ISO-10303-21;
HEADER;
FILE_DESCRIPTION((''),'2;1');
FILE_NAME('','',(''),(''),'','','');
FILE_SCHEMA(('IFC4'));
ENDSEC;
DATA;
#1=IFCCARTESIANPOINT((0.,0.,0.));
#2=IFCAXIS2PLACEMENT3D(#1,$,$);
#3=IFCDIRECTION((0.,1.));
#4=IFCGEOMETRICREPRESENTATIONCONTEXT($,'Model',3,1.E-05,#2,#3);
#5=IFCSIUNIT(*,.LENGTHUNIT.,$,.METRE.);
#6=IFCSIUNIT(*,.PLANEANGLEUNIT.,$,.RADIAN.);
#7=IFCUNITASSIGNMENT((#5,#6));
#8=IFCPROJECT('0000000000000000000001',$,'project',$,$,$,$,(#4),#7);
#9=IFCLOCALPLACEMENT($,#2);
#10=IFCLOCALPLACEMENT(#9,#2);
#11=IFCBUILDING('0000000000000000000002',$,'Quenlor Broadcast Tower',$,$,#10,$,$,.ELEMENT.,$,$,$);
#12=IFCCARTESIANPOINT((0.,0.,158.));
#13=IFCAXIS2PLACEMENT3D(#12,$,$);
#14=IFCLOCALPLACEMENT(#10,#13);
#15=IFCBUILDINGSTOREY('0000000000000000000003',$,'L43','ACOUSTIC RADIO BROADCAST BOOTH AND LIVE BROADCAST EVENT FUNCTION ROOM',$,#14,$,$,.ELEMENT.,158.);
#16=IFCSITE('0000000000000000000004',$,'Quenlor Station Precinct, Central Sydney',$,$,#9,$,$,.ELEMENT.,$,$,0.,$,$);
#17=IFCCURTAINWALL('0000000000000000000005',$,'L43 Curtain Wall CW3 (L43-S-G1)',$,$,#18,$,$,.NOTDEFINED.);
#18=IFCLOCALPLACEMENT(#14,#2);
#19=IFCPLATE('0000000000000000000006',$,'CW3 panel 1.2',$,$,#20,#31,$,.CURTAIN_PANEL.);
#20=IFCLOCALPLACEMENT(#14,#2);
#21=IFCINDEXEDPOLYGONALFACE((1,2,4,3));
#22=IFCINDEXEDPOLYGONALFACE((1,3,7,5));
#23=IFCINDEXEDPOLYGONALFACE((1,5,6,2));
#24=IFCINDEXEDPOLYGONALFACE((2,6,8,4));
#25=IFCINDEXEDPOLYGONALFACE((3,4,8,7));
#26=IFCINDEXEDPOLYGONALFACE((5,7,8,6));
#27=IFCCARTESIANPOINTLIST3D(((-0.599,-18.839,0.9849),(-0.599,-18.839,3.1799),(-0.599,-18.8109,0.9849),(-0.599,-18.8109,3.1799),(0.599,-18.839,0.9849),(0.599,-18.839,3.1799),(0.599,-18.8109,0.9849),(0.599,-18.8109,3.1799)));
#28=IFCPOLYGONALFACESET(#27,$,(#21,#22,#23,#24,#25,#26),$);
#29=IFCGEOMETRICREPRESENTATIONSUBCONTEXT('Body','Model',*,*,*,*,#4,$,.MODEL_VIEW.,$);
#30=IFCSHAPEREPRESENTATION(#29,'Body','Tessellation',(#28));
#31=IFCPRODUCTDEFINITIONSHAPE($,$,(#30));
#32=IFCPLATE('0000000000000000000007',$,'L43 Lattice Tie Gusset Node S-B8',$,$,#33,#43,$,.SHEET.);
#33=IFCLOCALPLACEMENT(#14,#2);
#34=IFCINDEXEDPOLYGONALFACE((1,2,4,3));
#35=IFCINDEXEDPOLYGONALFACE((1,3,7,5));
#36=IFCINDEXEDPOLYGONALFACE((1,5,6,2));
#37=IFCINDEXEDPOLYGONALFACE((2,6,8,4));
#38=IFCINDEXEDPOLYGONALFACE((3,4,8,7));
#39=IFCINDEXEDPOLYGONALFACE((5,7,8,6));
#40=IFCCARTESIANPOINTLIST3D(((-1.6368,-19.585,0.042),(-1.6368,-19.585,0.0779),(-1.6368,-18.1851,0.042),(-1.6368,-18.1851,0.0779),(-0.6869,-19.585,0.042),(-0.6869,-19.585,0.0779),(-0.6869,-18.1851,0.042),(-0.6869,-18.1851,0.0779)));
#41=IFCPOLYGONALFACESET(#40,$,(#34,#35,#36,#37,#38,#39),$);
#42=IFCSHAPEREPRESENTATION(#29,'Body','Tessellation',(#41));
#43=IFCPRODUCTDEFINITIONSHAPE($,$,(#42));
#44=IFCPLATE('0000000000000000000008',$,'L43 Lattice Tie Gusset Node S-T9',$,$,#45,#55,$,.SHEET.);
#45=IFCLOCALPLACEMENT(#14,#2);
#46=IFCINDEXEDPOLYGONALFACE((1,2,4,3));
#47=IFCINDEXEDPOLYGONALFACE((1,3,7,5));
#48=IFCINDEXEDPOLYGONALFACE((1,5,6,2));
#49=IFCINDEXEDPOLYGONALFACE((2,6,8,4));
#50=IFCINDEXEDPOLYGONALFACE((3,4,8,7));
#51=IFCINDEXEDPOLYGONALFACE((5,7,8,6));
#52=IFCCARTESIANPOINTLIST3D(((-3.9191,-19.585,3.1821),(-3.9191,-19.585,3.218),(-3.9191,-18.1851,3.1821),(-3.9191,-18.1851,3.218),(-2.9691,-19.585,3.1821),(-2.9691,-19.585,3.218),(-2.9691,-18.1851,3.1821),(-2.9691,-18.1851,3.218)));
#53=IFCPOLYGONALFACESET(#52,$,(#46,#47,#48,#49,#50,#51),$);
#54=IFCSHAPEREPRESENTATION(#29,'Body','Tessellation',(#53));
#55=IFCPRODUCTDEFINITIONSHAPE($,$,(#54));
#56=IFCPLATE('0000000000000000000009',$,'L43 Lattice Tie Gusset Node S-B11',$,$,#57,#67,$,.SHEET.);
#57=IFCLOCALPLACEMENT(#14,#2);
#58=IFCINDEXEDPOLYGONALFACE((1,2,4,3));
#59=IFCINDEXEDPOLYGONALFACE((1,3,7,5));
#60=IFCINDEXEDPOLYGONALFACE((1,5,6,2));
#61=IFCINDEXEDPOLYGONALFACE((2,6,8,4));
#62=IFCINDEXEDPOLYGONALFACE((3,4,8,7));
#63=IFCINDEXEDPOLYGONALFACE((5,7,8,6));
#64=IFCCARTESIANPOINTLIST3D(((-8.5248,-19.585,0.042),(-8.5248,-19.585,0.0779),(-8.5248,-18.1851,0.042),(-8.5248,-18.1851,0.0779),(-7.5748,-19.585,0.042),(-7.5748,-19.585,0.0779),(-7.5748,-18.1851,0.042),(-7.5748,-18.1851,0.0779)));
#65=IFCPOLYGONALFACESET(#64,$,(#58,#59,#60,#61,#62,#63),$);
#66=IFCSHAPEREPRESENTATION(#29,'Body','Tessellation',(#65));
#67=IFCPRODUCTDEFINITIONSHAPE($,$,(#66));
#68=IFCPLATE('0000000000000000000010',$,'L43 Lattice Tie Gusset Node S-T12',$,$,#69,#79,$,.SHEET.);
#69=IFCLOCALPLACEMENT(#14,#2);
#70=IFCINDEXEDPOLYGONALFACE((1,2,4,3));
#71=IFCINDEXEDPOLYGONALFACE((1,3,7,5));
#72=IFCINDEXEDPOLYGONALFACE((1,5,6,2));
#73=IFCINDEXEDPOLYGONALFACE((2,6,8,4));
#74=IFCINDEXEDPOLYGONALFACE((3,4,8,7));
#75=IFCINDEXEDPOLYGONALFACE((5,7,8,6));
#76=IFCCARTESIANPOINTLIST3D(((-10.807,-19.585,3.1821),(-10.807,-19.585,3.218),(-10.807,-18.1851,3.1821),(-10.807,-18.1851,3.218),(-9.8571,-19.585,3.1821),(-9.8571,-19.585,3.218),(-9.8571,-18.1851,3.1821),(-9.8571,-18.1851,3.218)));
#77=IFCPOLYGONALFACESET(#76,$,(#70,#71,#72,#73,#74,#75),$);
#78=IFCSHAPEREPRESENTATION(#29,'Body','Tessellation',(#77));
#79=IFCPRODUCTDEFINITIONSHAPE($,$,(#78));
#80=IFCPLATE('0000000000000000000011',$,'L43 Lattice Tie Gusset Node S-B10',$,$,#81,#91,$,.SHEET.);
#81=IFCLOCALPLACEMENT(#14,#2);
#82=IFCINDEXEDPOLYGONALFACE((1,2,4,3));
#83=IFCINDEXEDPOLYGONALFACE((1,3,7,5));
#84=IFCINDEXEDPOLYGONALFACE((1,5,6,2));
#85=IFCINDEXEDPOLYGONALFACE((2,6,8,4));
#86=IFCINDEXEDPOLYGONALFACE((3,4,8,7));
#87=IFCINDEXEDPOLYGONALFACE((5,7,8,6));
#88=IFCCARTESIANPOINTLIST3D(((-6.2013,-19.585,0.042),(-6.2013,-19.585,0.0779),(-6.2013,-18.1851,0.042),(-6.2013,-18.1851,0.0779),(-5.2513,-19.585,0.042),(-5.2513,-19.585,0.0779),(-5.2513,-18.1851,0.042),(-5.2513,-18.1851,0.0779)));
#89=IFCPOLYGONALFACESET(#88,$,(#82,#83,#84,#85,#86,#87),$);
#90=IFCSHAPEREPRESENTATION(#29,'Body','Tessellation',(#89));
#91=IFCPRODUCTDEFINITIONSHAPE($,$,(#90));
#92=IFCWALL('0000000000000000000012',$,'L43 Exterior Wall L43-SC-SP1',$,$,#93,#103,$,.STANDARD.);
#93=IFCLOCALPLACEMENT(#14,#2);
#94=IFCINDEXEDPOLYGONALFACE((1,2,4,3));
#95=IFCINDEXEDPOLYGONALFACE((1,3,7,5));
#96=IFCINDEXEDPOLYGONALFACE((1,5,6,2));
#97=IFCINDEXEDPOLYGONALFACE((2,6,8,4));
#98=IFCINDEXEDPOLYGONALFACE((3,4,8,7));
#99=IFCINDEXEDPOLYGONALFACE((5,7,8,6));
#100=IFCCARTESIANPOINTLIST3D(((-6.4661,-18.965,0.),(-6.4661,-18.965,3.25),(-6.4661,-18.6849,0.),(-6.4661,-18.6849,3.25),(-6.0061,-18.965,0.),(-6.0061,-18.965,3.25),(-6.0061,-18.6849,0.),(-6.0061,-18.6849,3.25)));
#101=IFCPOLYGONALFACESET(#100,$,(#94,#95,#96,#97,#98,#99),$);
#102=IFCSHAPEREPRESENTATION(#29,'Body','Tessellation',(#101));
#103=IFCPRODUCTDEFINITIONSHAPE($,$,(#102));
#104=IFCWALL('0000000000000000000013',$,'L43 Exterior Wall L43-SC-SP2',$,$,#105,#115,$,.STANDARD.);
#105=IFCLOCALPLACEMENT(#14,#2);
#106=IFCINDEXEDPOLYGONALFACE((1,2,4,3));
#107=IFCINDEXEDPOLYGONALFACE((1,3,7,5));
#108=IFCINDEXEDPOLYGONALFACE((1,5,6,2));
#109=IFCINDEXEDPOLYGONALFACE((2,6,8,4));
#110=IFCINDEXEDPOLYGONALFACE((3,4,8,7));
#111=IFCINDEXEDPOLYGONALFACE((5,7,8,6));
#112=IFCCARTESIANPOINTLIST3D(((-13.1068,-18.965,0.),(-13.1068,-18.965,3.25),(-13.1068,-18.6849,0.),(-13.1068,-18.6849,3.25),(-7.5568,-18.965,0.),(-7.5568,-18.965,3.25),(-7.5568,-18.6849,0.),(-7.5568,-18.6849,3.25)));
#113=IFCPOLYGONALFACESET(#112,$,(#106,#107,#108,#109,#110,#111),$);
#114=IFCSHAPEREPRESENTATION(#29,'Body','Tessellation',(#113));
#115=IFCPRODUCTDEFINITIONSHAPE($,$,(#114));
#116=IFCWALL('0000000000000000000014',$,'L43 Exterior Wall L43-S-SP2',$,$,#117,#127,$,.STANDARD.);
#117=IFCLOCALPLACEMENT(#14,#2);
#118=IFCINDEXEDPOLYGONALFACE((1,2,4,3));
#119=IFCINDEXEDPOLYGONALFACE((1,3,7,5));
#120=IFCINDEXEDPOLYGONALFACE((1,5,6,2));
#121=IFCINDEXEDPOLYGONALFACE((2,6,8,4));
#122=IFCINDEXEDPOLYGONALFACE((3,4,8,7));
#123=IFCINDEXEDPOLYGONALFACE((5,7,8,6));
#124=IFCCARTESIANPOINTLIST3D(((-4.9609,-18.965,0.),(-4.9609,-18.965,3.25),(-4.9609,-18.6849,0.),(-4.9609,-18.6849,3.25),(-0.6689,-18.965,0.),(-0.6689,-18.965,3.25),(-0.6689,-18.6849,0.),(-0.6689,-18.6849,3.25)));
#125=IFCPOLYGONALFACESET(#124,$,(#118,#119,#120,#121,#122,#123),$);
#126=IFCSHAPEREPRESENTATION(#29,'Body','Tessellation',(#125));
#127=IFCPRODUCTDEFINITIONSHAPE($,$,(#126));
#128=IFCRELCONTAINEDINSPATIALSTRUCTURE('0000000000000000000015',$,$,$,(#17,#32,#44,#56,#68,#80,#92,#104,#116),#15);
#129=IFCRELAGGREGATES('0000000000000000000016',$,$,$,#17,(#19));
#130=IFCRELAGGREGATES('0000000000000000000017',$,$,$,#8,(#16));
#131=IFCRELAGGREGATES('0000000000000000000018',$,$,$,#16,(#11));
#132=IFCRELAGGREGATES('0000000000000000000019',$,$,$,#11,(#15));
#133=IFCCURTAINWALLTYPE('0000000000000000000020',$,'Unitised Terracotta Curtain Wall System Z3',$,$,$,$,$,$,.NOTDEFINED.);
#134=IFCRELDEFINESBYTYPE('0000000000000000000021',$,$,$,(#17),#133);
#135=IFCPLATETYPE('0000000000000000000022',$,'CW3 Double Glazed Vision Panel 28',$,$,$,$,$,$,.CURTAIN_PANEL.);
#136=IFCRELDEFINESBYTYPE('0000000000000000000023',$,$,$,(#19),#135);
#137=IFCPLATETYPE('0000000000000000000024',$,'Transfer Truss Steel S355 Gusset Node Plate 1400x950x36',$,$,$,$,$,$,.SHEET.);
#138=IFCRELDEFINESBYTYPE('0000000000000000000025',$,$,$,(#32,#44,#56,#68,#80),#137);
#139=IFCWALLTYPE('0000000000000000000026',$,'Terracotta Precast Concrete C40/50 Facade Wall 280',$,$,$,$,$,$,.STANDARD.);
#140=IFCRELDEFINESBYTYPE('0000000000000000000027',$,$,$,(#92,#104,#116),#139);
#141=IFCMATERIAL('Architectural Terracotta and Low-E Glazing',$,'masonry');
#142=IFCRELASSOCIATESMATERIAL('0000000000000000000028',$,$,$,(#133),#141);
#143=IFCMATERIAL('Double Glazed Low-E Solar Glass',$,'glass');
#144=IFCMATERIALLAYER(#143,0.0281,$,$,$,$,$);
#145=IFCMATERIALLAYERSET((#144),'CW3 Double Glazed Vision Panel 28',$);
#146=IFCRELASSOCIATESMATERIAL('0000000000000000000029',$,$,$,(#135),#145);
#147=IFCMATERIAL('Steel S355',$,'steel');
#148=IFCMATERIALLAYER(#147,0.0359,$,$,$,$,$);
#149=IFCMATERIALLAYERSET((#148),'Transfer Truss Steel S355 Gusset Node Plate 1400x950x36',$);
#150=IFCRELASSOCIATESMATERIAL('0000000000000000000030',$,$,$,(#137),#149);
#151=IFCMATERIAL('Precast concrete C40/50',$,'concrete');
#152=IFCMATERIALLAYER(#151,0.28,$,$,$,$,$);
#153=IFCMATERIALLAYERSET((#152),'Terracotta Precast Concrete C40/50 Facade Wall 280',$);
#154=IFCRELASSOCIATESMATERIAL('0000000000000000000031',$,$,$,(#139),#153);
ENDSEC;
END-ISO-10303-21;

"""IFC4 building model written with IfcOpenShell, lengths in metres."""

from ifc_helpers import new_model, si_unit, direction, frame, frame_2d, origin, origin_2d, place, context, subcontext, project, spatial, rectangle, extrude, material, layer, layer_set, type_object, element, aggregate, save


model = new_model("IFC4")

# Units and contexts
model_context = context("Model", 3, precision=1e-05, world=origin(), true_north=direction((0.0, 1.0)))
body_context = subcontext(model_context, "Body", "Model", "MODEL_VIEW")
ifc_project = project(units=[si_unit("LENGTHUNIT", "METRE"), si_unit("PLANEANGLEUNIT", "RADIAN")], contexts=[model_context])

# Site, building, storey
site_placement = place(None, origin())
site = spatial("IfcSite", under=ifc_project, at=site_placement, Name="Quenlor Station Precinct, Central Sydney", CompositionType="ELEMENT", RefElevation=0.0)
building_placement = place(site_placement, origin())
building = spatial("IfcBuilding", under=site, at=building_placement, Name="Quenlor Broadcast Tower", CompositionType="ELEMENT")
storey_placement = place(building_placement, frame((0.0, 0.0, 158.0)))
storey = spatial("IfcBuildingStorey", under=building, at=storey_placement, Name="L43", Description="ACOUSTIC RADIO BROADCAST BOOTH AND LIVE BROADCAST EVENT FUNCTION ROOM", CompositionType="ELEMENT", Elevation=158.0)

# Shared definitions
ifc_material_1 = material(Name="Architectural Terracotta and Low-E Glazing", Category="masonry")
curtain_wall_type = type_object("IfcCurtainWallType", Name="Unitised Terracotta Curtain Wall System Z3", PredefinedType="NOTDEFINED", material=ifc_material_1)

# Curtain wall
curtain_wall_1_placement = place(storey_placement, origin())
curtain_wall_1 = element("IfcCurtainWall", 1, at=curtain_wall_1_placement, inside=storey, type_object=curtain_wall_type, Name="L43 Curtain Wall CW3 (L43-S-G1)", PredefinedType="NOTDEFINED")

# Plate
ifc_material_2 = material(Name="Double Glazed Low-E Solar Glass", Category="glass")
ifc_layer_1 = layer(ifc_material_2, 0.0281)
ifc_layer_set_1 = layer_set([ifc_layer_1], Name="CW3 Double Glazed Vision Panel 28")
plate_type_1 = type_object("IfcPlateType", Name="CW3 Double Glazed Vision Panel 28", PredefinedType="CURTAIN_PANEL", material=ifc_layer_set_1)
plate_1_placement = place(storey_placement, frame((0.0, -18.825, 0.9849), z_axis=(0.0, 0.0, 1.0), x_axis=(-1.0, 0.0, 0.0)))
plate_1 = element("IfcPlate", 2, at=plate_1_placement, type_object=plate_type_1, Name="CW3 panel 1.2", PredefinedType="CURTAIN_PANEL", context=body_context, shape_type="SweptSolid", body=[
    extrude(rectangle(XDim=1.198, YDim=0.0281, at=origin_2d()), origin(), (0.0, 0.0, 1.0), 2.1951),
])
aggregate(curtain_wall_1, [plate_1])

# Plates
ifc_material_3 = material(Name="Steel S355", Category="steel")
ifc_layer_2 = layer(ifc_material_3, 0.0359)
ifc_layer_set_2 = layer_set([ifc_layer_2], Name="Transfer Truss Steel S355 Gusset Node Plate 1400x950x36")
plate_type_2 = type_object("IfcPlateType", Name="Transfer Truss Steel S355 Gusset Node Plate 1400x950x36", PredefinedType="SHEET", material=ifc_layer_set_2)
for number, where, z_axis, x_axis, name in (
    (3, (-1.1619, -18.885, 0.042), (0.0, 0.0, 1.0), (0.0, -1.0, 0.0), "L43 Lattice Tie Gusset Node S-B8"),
    (4, (-3.4441, -18.885, 3.1821), (0.0, 0.0, 1.0), (0.0, -1.0, 0.0), "L43 Lattice Tie Gusset Node S-T9"),
    (5, (-8.0498, -18.885, 0.042), (0.0, 0.0, 1.0), (0.0, -1.0, 0.0), "L43 Lattice Tie Gusset Node S-B11"),
    (6, (-10.332, -18.885, 3.1821), (0.0, 0.0, 1.0), (0.0, -1.0, 0.0), "L43 Lattice Tie Gusset Node S-T12"),
    (7, (-5.7263, -18.885, 0.042), (0.0, 0.0, 1.0), (0.0, -1.0, 0.0), "L43 Lattice Tie Gusset Node S-B10"),
):
    element("IfcPlate", number, at=place(storey_placement, frame(where, z_axis=z_axis, x_axis=x_axis)), inside=storey, type_object=plate_type_2, Name=name, PredefinedType="SHEET", context=body_context, shape_type="SweptSolid", body=[
        extrude(rectangle(XDim=1.3999, YDim=0.95, at=origin_2d()), origin(), (0.0, 0.0, 1.0), 0.0359),
    ])

# Walls
ifc_material_4 = material(Name="Precast concrete C40/50", Category="concrete")
ifc_layer_3 = layer(ifc_material_4, 0.28)
ifc_layer_set_3 = layer_set([ifc_layer_3], Name="Terracotta Precast Concrete C40/50 Facade Wall 280")
wall_type = type_object("IfcWallType", Name="Terracotta Precast Concrete C40/50 Facade Wall 280", PredefinedType="STANDARD", material=ifc_layer_set_3)
wall_1_placement = place(storey_placement, frame((-6.0061, -18.825, 0.0), z_axis=(0.0, 0.0, 1.0), x_axis=(-1.0, 0.0, 0.0)))
element("IfcWall", 8, at=wall_1_placement, inside=storey, type_object=wall_type, Name="L43 Exterior Wall L43-SC-SP1", PredefinedType="STANDARD", context=body_context, shape_type="SweptSolid", body=[
    extrude(rectangle(XDim=0.46, YDim=0.28, at=frame_2d((0.23, 0.0))), origin(), (0.0, 0.0, 1.0), 3.25),
])
wall_2_placement = place(storey_placement, frame((-7.5569, -18.825, 0.0), z_axis=(0.0, 0.0, 1.0), x_axis=(-1.0, 0.0, 0.0)))
element("IfcWall", 9, at=wall_2_placement, inside=storey, type_object=wall_type, Name="L43 Exterior Wall L43-SC-SP2", PredefinedType="STANDARD", context=body_context, shape_type="SweptSolid", body=[
    extrude(rectangle(XDim=5.55, YDim=0.28, at=frame_2d((2.7749, 0.0))), origin(), (0.0, 0.0, 1.0), 3.25),
])
wall_3_placement = place(storey_placement, frame((-0.6689, -18.825, 0.0), z_axis=(0.0, 0.0, 1.0), x_axis=(-1.0, 0.0, 0.0)))
element("IfcWall", 10, at=wall_3_placement, inside=storey, type_object=wall_type, Name="L43 Exterior Wall L43-S-SP2", PredefinedType="STANDARD", context=body_context, shape_type="SweptSolid", body=[
    extrude(rectangle(XDim=4.292, YDim=0.28, at=frame_2d((2.146, 0.0))), origin(), (0.0, 0.0, 1.0), 3.25),
])

save(model, "model.ifc")
